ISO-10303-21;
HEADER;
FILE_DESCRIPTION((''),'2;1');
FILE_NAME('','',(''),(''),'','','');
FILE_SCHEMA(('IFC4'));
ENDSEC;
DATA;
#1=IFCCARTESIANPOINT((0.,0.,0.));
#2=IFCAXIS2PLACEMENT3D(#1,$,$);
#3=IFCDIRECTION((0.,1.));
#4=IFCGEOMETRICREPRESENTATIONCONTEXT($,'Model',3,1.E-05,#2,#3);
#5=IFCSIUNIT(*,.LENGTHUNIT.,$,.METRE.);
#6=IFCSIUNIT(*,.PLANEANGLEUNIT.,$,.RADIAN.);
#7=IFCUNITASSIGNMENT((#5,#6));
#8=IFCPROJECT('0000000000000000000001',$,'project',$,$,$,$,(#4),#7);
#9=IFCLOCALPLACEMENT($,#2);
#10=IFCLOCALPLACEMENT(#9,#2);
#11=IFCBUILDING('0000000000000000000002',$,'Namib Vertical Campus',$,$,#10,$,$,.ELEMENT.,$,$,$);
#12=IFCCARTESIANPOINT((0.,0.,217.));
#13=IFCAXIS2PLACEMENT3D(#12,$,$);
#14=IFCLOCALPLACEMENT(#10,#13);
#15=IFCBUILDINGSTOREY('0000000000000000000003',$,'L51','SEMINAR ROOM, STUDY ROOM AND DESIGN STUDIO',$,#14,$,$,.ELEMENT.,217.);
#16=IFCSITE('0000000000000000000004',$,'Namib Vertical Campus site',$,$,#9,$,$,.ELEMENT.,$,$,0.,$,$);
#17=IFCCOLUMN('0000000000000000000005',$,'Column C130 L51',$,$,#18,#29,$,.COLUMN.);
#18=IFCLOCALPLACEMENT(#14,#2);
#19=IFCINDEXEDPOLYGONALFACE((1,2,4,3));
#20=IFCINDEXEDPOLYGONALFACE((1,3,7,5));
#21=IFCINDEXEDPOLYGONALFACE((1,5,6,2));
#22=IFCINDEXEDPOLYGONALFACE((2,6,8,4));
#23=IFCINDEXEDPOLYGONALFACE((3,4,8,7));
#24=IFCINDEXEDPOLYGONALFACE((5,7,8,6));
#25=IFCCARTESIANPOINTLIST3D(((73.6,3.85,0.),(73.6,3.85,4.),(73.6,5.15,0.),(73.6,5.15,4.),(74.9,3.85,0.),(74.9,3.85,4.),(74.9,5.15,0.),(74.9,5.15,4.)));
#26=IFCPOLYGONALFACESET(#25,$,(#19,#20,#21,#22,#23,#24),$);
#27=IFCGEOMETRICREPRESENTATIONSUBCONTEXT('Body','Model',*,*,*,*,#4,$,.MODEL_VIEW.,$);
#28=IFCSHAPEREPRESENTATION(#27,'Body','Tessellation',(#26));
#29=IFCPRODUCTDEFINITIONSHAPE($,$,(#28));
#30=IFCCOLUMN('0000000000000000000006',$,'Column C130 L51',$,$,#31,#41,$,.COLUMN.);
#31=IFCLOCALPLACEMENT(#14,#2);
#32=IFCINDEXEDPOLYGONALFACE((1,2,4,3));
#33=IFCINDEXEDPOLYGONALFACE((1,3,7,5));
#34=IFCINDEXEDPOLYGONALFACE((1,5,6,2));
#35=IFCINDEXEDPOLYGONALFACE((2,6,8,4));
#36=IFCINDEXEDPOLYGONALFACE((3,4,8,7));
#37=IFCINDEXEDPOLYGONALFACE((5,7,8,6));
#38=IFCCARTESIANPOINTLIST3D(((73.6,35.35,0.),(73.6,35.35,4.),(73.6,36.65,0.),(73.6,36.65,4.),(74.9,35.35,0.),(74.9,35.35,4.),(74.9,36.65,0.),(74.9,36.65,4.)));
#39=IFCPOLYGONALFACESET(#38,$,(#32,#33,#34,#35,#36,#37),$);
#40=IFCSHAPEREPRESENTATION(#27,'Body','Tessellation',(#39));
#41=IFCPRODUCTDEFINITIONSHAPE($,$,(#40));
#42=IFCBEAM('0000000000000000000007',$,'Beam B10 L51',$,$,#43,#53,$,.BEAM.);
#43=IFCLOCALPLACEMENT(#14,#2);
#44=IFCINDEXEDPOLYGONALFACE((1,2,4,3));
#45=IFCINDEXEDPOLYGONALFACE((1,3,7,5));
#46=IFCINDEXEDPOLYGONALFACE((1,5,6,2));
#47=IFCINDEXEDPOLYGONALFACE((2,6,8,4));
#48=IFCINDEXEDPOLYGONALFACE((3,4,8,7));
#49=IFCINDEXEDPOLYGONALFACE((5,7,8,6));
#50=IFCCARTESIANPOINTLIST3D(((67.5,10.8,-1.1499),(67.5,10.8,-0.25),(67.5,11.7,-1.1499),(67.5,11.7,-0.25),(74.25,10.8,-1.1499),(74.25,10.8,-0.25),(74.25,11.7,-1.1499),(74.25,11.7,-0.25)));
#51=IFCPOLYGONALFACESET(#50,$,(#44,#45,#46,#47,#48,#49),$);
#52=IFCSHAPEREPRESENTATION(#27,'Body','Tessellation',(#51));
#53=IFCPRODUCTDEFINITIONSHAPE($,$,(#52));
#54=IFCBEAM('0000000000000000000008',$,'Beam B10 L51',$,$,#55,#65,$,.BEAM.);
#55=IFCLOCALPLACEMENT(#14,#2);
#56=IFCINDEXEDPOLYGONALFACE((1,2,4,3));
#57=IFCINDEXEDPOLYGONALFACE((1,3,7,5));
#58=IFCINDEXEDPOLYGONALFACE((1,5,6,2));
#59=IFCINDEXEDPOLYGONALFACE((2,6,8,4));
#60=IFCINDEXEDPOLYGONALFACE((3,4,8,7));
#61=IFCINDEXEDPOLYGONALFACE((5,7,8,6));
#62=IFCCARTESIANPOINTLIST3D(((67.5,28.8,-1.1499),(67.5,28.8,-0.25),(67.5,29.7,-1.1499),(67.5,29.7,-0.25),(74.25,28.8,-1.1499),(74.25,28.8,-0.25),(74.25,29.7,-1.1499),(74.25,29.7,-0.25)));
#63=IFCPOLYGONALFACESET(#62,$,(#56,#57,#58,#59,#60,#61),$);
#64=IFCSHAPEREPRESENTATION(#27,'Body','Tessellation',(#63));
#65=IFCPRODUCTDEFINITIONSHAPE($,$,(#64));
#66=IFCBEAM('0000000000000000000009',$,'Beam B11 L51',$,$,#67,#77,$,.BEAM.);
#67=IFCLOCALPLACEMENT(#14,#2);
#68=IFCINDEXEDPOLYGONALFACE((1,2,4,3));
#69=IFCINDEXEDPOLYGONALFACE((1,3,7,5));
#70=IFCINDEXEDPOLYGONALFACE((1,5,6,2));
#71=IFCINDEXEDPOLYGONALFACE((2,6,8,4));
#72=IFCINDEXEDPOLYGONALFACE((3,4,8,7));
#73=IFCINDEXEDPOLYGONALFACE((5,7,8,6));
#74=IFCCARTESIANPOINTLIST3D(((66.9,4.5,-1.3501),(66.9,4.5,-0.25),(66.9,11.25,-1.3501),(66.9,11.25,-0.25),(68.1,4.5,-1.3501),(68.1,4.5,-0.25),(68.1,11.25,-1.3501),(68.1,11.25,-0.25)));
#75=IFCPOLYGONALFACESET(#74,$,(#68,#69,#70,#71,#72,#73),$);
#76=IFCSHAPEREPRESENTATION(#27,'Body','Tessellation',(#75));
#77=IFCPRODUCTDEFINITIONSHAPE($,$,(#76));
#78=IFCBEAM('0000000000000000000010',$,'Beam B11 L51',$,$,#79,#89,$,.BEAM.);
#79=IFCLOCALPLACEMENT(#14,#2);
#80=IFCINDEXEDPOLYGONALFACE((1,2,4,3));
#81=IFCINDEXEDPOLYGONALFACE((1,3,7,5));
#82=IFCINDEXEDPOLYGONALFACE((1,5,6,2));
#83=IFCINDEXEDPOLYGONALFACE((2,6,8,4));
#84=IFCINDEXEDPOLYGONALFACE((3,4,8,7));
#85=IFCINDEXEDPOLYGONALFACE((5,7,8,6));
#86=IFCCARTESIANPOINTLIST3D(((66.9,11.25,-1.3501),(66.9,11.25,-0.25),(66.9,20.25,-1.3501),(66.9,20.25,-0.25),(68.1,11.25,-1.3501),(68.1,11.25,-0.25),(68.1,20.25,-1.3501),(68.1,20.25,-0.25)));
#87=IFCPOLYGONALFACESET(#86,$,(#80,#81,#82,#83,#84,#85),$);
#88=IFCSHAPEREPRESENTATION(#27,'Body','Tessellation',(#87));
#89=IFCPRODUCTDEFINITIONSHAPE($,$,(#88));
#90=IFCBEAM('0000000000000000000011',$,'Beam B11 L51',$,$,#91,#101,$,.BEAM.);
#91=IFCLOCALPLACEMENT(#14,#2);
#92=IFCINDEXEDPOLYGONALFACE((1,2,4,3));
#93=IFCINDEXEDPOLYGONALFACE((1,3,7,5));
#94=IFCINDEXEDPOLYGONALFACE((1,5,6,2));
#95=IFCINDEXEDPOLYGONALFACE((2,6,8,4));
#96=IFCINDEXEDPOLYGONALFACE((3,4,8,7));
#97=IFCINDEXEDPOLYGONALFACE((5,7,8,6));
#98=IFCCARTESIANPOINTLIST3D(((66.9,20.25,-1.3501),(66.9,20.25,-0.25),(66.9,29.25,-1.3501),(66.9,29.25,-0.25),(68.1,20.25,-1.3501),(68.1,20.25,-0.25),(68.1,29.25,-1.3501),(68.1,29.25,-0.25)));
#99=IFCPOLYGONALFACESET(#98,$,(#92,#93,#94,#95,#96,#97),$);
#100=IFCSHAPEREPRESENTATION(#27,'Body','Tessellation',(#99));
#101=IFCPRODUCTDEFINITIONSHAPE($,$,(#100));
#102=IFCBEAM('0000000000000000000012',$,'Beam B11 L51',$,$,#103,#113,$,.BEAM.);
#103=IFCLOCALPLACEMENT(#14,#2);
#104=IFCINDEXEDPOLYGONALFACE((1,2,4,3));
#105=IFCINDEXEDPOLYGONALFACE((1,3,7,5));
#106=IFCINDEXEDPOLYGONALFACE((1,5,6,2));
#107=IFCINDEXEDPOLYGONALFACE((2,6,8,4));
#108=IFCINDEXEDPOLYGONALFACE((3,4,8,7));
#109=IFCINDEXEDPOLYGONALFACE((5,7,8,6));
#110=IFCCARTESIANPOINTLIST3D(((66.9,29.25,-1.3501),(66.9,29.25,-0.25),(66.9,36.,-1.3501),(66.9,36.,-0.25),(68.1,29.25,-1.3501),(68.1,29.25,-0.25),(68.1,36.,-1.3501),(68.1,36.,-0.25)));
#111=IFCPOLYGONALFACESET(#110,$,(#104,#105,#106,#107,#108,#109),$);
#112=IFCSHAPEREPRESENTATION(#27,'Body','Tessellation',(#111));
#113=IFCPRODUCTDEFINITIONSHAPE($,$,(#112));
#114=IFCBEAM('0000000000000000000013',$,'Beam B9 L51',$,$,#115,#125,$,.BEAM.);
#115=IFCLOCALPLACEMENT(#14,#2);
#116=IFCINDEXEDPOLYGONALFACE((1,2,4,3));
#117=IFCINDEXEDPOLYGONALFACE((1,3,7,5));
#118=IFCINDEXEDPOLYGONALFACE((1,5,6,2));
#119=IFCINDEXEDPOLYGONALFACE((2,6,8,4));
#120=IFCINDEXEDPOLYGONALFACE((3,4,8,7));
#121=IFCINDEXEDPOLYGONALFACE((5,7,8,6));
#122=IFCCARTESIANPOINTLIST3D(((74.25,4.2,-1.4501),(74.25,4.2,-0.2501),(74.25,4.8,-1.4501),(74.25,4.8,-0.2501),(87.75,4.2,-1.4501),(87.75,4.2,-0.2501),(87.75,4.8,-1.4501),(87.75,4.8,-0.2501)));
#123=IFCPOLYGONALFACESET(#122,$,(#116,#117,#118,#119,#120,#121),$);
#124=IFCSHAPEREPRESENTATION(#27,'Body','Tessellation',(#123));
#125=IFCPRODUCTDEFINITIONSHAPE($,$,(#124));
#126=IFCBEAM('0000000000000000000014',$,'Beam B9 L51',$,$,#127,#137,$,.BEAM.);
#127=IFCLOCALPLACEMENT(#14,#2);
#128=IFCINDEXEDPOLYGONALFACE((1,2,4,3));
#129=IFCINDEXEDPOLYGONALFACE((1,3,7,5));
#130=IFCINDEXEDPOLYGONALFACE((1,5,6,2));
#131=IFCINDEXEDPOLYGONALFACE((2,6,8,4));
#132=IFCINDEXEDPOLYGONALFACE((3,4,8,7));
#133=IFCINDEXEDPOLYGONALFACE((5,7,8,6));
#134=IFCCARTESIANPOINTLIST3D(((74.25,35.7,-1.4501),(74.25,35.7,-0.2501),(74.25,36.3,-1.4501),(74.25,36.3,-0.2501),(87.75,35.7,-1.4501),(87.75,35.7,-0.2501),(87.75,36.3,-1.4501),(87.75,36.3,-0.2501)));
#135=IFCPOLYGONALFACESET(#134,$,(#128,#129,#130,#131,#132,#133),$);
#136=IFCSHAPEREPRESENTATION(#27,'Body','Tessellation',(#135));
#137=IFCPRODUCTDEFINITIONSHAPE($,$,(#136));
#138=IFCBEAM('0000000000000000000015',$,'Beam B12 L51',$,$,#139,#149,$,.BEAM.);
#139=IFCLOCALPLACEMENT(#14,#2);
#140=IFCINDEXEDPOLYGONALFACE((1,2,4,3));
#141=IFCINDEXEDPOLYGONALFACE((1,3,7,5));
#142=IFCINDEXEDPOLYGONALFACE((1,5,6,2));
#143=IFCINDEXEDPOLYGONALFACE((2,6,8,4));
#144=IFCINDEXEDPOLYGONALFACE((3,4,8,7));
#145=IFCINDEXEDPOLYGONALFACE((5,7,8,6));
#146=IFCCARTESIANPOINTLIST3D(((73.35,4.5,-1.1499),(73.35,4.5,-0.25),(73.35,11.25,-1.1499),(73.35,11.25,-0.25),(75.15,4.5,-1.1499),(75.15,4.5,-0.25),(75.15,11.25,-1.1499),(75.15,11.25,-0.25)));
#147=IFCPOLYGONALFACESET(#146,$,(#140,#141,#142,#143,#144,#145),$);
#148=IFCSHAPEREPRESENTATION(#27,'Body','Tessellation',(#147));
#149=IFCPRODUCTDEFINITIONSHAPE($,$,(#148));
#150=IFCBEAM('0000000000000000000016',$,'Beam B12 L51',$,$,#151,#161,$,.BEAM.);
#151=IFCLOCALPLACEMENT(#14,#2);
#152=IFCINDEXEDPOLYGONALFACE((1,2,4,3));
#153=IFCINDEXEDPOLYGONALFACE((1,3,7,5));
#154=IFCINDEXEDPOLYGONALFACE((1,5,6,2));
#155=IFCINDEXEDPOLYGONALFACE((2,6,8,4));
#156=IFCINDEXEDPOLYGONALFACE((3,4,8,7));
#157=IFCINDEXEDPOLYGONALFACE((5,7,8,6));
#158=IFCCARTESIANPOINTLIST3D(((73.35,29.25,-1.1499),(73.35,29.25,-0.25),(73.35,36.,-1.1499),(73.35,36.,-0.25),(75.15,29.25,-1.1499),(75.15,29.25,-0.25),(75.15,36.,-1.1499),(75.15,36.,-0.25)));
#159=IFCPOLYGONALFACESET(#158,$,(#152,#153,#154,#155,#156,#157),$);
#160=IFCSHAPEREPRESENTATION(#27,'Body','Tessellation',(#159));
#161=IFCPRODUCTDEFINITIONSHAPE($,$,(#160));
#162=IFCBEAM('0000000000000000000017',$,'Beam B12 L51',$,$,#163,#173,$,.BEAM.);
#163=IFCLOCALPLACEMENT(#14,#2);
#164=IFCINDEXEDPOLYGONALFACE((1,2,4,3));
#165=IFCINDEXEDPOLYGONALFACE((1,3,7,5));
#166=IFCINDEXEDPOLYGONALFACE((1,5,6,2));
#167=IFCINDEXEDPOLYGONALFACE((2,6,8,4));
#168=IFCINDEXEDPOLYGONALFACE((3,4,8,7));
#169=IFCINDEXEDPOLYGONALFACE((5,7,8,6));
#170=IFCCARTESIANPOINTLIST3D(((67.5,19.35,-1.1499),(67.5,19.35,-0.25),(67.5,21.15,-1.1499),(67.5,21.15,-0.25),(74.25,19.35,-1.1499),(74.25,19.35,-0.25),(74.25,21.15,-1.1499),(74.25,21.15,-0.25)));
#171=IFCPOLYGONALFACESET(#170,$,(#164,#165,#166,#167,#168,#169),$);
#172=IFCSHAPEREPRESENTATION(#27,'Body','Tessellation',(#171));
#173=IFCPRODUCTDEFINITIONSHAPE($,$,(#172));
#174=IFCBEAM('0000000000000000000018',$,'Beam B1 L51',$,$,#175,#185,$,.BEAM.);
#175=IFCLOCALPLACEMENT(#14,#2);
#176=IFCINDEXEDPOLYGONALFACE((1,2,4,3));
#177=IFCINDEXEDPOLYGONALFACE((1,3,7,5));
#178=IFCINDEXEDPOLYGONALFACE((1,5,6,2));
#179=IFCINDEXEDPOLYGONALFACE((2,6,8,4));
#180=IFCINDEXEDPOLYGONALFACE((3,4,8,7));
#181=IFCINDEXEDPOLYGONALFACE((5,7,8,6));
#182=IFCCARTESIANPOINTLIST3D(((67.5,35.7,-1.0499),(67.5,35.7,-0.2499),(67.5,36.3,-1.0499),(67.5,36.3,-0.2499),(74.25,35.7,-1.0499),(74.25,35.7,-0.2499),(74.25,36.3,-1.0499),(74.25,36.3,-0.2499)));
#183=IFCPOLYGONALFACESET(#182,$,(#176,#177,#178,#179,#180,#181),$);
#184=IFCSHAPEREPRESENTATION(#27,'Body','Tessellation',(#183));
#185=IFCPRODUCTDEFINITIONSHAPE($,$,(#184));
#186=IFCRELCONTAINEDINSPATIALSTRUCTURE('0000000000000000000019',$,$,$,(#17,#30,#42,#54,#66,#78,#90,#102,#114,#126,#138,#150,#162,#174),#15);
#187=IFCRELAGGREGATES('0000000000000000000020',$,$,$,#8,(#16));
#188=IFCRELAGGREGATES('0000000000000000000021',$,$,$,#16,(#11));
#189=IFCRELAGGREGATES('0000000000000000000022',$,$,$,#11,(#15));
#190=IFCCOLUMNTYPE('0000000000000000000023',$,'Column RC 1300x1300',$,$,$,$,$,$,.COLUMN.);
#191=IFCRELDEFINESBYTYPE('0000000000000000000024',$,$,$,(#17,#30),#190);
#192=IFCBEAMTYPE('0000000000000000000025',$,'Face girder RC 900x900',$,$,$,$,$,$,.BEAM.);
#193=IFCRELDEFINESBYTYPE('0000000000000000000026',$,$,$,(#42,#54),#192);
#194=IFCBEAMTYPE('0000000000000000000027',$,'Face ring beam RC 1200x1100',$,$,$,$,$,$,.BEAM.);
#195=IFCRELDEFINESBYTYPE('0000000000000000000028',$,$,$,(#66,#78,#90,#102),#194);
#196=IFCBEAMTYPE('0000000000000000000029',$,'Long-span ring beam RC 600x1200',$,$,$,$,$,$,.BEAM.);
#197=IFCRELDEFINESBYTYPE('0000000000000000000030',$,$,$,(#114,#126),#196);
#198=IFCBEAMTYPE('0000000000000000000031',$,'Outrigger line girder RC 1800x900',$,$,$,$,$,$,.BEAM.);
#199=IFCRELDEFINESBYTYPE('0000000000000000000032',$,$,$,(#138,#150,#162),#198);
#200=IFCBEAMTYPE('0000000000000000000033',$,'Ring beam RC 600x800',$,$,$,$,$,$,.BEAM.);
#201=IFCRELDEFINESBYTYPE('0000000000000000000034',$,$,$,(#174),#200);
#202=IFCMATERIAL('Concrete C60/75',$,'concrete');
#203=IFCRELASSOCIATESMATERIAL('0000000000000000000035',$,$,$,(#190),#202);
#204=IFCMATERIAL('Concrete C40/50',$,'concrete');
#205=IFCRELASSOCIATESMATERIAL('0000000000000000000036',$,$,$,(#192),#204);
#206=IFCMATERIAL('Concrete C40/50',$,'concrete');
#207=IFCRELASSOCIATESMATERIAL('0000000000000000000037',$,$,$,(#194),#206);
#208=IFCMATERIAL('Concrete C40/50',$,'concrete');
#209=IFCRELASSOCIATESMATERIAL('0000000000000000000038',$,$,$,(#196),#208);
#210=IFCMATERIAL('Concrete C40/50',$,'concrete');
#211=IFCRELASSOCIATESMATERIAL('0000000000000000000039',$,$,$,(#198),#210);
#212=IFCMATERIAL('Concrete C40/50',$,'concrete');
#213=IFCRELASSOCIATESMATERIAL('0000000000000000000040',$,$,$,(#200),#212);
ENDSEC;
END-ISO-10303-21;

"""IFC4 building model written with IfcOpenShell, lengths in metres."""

from ifc_helpers import new_model, si_unit, direction, frame, origin, origin_2d, place, context, subcontext, project, spatial, rectangle, extrude, material, material_profile, profile_set, type_object, element, save


model = new_model("IFC4")

# Units and contexts
model_context = context("Model", 3, precision=1e-05, world=origin(), true_north=direction((0.0, 1.0)))
body_context = subcontext(model_context, "Body", "Model", "MODEL_VIEW")
ifc_project = project(units=[si_unit("LENGTHUNIT", "METRE"), si_unit("PLANEANGLEUNIT", "RADIAN")], contexts=[model_context])

# Site, building, storey
site_placement = place(None, origin())
site = spatial("IfcSite", under=ifc_project, at=site_placement, Name="Namib Vertical Campus site", CompositionType="ELEMENT", RefElevation=0.0)
building_placement = place(site_placement, origin())
building = spatial("IfcBuilding", under=site, at=building_placement, Name="Namib Vertical Campus", CompositionType="ELEMENT")
storey_placement = place(building_placement, frame((0.0, 0.0, 217.0)))
storey = spatial("IfcBuildingStorey", under=building, at=storey_placement, Name="L51", Description="SEMINAR ROOM, STUDY ROOM AND DESIGN STUDIO", CompositionType="ELEMENT", Elevation=217.0)

# Columns
ifc_material_1 = material(Name="Concrete C60/75", Category="concrete")
ifc_material_profile_1 = material_profile(ifc_material_1, rectangle(XDim=1.3, YDim=1.3, at=origin_2d()))
ifc_profile_set_1 = profile_set([ifc_material_profile_1], Name="Concrete C60/75")
column_type = type_object("IfcColumnType", Name="Column RC 1300x1300", PredefinedType="COLUMN", material=ifc_profile_set_1)
for number, where, z_axis, x_axis, name in (
    (1, (74.25, 4.5, 0.0), (0.0, 0.0, 1.0), (1.0, 0.0, 0.0), "Column C130 L51"),
    (2, (74.25, 36.0, 0.0), (0.0, 0.0, 1.0), (1.0, 0.0, 0.0), "Column C130 L51"),
):
    element("IfcColumn", number, at=place(storey_placement, frame(where, z_axis=z_axis, x_axis=x_axis)), inside=storey, type_object=column_type, Name=name, PredefinedType="COLUMN", context=body_context, shape_type="SweptSolid", body=[
        extrude(rectangle(XDim=1.3, YDim=1.3, at=origin_2d()), origin(), (0.0, 0.0, 1.0), 4.0),
    ])

# Beams
ifc_material_2 = material(Name="Concrete C40/50", Category="concrete")
ifc_material_profile_2 = material_profile(ifc_material_2, rectangle(XDim=0.8999, YDim=0.8999, at=origin_2d()))
ifc_profile_set_2 = profile_set([ifc_material_profile_2], Name="Concrete C40/50")
beam_type_1 = type_object("IfcBeamType", Name="Face girder RC 900x900", PredefinedType="BEAM", material=ifc_profile_set_2)
for number, where, z_axis, x_axis, name in (
    (3, (67.5, 11.25, -0.7), (1.0, 0.0, 0.0), (0.0, 1.0, 0.0), "Beam B10 L51"),
    (4, (67.5, 29.25, -0.7), (1.0, 0.0, 0.0), (0.0, 1.0, 0.0), "Beam B10 L51"),
):
    element("IfcBeam", number, at=place(storey_placement, frame(where, z_axis=z_axis, x_axis=x_axis)), inside=storey, type_object=beam_type_1, Name=name, PredefinedType="BEAM", context=body_context, shape_type="SweptSolid", body=[
        extrude(rectangle(XDim=0.8999, YDim=0.8999, at=origin_2d()), origin(), (0.0, 0.0, 1.0), 6.75),
    ])
ifc_material_3 = material(Name="Concrete C40/50", Category="concrete")
ifc_material_profile_3 = material_profile(ifc_material_3, rectangle(XDim=1.2, YDim=1.1001, at=origin_2d()))
ifc_profile_set_3 = profile_set([ifc_material_profile_3], Name="Concrete C40/50")
beam_type_2 = type_object("IfcBeamType", Name="Face ring beam RC 1200x1100", PredefinedType="BEAM", material=ifc_profile_set_3)
beam_1_placement = place(storey_placement, frame((67.5, 4.5, -0.8), z_axis=(0.0, 1.0, 0.0), x_axis=(-1.0, 0.0, 0.0)))
element("IfcBeam", 5, at=beam_1_placement, inside=storey, type_object=beam_type_2, Name="Beam B11 L51", PredefinedType="BEAM", context=body_context, shape_type="SweptSolid", body=[
    extrude(rectangle(XDim=1.2, YDim=1.1001, at=origin_2d()), origin(), (0.0, 0.0, 1.0), 6.75),
])
for number, where, z_axis, x_axis, name in (
    (6, (67.5, 11.25, -0.8), (0.0, 1.0, 0.0), (-1.0, 0.0, 0.0), "Beam B11 L51"),
    (7, (67.5, 20.25, -0.8), (0.0, 1.0, 0.0), (-1.0, 0.0, 0.0), "Beam B11 L51"),
):
    element("IfcBeam", number, at=place(storey_placement, frame(where, z_axis=z_axis, x_axis=x_axis)), inside=storey, type_object=beam_type_2, Name=name, PredefinedType="BEAM", context=body_context, shape_type="SweptSolid", body=[
        extrude(rectangle(XDim=1.2, YDim=1.1001, at=origin_2d()), origin(), (0.0, 0.0, 1.0), 9.0),
    ])
beam_2_placement = place(storey_placement, frame((67.5, 29.25, -0.8), z_axis=(0.0, 1.0, 0.0), x_axis=(-1.0, 0.0, 0.0)))
element("IfcBeam", 8, at=beam_2_placement, inside=storey, type_object=beam_type_2, Name="Beam B11 L51", PredefinedType="BEAM", context=body_context, shape_type="SweptSolid", body=[
    extrude(rectangle(XDim=1.2, YDim=1.1001, at=origin_2d()), origin(), (0.0, 0.0, 1.0), 6.75),
])
ifc_material_4 = material(Name="Concrete C40/50", Category="concrete")
ifc_material_profile_4 = material_profile(ifc_material_4, rectangle(XDim=0.6001, YDim=1.2, at=origin_2d()))
ifc_profile_set_4 = profile_set([ifc_material_profile_4], Name="Concrete C40/50")
beam_type_3 = type_object("IfcBeamType", Name="Long-span ring beam RC 600x1200", PredefinedType="BEAM", material=ifc_profile_set_4)
for number, where, z_axis, x_axis, name in (
    (9, (74.25, 4.5, -0.8501), (1.0, 0.0, 0.0), (0.0, 1.0, 0.0), "Beam B9 L51"),
    (10, (74.25, 36.0, -0.8501), (1.0, 0.0, 0.0), (0.0, 1.0, 0.0), "Beam B9 L51"),
):
    element("IfcBeam", number, at=place(storey_placement, frame(where, z_axis=z_axis, x_axis=x_axis)), inside=storey, type_object=beam_type_3, Name=name, PredefinedType="BEAM", context=body_context, shape_type="SweptSolid", body=[
        extrude(rectangle(XDim=0.6001, YDim=1.2, at=origin_2d()), origin(), (0.0, 0.0, 1.0), 13.5),
    ])
ifc_material_5 = material(Name="Concrete C40/50", Category="concrete")
ifc_material_profile_5 = material_profile(ifc_material_5, rectangle(XDim=1.8, YDim=0.8999, at=origin_2d()))
ifc_profile_set_5 = profile_set([ifc_material_profile_5], Name="Concrete C40/50")
beam_type_4 = type_object("IfcBeamType", Name="Outrigger line girder RC 1800x900", PredefinedType="BEAM", material=ifc_profile_set_5)
for number, where, z_axis, x_axis, name in (
    (11, (74.25, 4.5, -0.7), (0.0, 1.0, 0.0), (-1.0, 0.0, 0.0), "Beam B12 L51"),
    (12, (74.25, 36.0, -0.7), (0.0, -1.0, 0.0), (1.0, 0.0, 0.0), "Beam B12 L51"),
    (13, (67.5, 20.25, -0.7), (1.0, 0.0, 0.0), (0.0, 1.0, 0.0), "Beam B12 L51"),
):
    element("IfcBeam", number, at=place(storey_placement, frame(where, z_axis=z_axis, x_axis=x_axis)), inside=storey, type_object=beam_type_4, Name=name, PredefinedType="BEAM", context=body_context, shape_type="SweptSolid", body=[
        extrude(rectangle(XDim=1.8, YDim=0.8999, at=origin_2d()), origin(), (0.0, 0.0, 1.0), 6.75),
    ])
ifc_material_6 = material(Name="Concrete C40/50", Category="concrete")
ifc_material_profile_6 = material_profile(ifc_material_6, rectangle(XDim=0.6001, YDim=0.8, at=origin_2d()))
ifc_profile_set_6 = profile_set([ifc_material_profile_6], Name="Concrete C40/50")
beam_type_5 = type_object("IfcBeamType", Name="Ring beam RC 600x800", PredefinedType="BEAM", material=ifc_profile_set_6)
beam_3_placement = place(storey_placement, frame((67.5, 36.0, -0.6499), z_axis=(1.0, 0.0, 0.0), x_axis=(0.0, 1.0, 0.0)))
element("IfcBeam", 14, at=beam_3_placement, inside=storey, type_object=beam_type_5, Name="Beam B1 L51", PredefinedType="BEAM", context=body_context, shape_type="SweptSolid", body=[
    extrude(rectangle(XDim=0.6001, YDim=0.8, at=origin_2d()), origin(), (0.0, 0.0, 1.0), 6.75),
])

save(model, "model.ifc")
